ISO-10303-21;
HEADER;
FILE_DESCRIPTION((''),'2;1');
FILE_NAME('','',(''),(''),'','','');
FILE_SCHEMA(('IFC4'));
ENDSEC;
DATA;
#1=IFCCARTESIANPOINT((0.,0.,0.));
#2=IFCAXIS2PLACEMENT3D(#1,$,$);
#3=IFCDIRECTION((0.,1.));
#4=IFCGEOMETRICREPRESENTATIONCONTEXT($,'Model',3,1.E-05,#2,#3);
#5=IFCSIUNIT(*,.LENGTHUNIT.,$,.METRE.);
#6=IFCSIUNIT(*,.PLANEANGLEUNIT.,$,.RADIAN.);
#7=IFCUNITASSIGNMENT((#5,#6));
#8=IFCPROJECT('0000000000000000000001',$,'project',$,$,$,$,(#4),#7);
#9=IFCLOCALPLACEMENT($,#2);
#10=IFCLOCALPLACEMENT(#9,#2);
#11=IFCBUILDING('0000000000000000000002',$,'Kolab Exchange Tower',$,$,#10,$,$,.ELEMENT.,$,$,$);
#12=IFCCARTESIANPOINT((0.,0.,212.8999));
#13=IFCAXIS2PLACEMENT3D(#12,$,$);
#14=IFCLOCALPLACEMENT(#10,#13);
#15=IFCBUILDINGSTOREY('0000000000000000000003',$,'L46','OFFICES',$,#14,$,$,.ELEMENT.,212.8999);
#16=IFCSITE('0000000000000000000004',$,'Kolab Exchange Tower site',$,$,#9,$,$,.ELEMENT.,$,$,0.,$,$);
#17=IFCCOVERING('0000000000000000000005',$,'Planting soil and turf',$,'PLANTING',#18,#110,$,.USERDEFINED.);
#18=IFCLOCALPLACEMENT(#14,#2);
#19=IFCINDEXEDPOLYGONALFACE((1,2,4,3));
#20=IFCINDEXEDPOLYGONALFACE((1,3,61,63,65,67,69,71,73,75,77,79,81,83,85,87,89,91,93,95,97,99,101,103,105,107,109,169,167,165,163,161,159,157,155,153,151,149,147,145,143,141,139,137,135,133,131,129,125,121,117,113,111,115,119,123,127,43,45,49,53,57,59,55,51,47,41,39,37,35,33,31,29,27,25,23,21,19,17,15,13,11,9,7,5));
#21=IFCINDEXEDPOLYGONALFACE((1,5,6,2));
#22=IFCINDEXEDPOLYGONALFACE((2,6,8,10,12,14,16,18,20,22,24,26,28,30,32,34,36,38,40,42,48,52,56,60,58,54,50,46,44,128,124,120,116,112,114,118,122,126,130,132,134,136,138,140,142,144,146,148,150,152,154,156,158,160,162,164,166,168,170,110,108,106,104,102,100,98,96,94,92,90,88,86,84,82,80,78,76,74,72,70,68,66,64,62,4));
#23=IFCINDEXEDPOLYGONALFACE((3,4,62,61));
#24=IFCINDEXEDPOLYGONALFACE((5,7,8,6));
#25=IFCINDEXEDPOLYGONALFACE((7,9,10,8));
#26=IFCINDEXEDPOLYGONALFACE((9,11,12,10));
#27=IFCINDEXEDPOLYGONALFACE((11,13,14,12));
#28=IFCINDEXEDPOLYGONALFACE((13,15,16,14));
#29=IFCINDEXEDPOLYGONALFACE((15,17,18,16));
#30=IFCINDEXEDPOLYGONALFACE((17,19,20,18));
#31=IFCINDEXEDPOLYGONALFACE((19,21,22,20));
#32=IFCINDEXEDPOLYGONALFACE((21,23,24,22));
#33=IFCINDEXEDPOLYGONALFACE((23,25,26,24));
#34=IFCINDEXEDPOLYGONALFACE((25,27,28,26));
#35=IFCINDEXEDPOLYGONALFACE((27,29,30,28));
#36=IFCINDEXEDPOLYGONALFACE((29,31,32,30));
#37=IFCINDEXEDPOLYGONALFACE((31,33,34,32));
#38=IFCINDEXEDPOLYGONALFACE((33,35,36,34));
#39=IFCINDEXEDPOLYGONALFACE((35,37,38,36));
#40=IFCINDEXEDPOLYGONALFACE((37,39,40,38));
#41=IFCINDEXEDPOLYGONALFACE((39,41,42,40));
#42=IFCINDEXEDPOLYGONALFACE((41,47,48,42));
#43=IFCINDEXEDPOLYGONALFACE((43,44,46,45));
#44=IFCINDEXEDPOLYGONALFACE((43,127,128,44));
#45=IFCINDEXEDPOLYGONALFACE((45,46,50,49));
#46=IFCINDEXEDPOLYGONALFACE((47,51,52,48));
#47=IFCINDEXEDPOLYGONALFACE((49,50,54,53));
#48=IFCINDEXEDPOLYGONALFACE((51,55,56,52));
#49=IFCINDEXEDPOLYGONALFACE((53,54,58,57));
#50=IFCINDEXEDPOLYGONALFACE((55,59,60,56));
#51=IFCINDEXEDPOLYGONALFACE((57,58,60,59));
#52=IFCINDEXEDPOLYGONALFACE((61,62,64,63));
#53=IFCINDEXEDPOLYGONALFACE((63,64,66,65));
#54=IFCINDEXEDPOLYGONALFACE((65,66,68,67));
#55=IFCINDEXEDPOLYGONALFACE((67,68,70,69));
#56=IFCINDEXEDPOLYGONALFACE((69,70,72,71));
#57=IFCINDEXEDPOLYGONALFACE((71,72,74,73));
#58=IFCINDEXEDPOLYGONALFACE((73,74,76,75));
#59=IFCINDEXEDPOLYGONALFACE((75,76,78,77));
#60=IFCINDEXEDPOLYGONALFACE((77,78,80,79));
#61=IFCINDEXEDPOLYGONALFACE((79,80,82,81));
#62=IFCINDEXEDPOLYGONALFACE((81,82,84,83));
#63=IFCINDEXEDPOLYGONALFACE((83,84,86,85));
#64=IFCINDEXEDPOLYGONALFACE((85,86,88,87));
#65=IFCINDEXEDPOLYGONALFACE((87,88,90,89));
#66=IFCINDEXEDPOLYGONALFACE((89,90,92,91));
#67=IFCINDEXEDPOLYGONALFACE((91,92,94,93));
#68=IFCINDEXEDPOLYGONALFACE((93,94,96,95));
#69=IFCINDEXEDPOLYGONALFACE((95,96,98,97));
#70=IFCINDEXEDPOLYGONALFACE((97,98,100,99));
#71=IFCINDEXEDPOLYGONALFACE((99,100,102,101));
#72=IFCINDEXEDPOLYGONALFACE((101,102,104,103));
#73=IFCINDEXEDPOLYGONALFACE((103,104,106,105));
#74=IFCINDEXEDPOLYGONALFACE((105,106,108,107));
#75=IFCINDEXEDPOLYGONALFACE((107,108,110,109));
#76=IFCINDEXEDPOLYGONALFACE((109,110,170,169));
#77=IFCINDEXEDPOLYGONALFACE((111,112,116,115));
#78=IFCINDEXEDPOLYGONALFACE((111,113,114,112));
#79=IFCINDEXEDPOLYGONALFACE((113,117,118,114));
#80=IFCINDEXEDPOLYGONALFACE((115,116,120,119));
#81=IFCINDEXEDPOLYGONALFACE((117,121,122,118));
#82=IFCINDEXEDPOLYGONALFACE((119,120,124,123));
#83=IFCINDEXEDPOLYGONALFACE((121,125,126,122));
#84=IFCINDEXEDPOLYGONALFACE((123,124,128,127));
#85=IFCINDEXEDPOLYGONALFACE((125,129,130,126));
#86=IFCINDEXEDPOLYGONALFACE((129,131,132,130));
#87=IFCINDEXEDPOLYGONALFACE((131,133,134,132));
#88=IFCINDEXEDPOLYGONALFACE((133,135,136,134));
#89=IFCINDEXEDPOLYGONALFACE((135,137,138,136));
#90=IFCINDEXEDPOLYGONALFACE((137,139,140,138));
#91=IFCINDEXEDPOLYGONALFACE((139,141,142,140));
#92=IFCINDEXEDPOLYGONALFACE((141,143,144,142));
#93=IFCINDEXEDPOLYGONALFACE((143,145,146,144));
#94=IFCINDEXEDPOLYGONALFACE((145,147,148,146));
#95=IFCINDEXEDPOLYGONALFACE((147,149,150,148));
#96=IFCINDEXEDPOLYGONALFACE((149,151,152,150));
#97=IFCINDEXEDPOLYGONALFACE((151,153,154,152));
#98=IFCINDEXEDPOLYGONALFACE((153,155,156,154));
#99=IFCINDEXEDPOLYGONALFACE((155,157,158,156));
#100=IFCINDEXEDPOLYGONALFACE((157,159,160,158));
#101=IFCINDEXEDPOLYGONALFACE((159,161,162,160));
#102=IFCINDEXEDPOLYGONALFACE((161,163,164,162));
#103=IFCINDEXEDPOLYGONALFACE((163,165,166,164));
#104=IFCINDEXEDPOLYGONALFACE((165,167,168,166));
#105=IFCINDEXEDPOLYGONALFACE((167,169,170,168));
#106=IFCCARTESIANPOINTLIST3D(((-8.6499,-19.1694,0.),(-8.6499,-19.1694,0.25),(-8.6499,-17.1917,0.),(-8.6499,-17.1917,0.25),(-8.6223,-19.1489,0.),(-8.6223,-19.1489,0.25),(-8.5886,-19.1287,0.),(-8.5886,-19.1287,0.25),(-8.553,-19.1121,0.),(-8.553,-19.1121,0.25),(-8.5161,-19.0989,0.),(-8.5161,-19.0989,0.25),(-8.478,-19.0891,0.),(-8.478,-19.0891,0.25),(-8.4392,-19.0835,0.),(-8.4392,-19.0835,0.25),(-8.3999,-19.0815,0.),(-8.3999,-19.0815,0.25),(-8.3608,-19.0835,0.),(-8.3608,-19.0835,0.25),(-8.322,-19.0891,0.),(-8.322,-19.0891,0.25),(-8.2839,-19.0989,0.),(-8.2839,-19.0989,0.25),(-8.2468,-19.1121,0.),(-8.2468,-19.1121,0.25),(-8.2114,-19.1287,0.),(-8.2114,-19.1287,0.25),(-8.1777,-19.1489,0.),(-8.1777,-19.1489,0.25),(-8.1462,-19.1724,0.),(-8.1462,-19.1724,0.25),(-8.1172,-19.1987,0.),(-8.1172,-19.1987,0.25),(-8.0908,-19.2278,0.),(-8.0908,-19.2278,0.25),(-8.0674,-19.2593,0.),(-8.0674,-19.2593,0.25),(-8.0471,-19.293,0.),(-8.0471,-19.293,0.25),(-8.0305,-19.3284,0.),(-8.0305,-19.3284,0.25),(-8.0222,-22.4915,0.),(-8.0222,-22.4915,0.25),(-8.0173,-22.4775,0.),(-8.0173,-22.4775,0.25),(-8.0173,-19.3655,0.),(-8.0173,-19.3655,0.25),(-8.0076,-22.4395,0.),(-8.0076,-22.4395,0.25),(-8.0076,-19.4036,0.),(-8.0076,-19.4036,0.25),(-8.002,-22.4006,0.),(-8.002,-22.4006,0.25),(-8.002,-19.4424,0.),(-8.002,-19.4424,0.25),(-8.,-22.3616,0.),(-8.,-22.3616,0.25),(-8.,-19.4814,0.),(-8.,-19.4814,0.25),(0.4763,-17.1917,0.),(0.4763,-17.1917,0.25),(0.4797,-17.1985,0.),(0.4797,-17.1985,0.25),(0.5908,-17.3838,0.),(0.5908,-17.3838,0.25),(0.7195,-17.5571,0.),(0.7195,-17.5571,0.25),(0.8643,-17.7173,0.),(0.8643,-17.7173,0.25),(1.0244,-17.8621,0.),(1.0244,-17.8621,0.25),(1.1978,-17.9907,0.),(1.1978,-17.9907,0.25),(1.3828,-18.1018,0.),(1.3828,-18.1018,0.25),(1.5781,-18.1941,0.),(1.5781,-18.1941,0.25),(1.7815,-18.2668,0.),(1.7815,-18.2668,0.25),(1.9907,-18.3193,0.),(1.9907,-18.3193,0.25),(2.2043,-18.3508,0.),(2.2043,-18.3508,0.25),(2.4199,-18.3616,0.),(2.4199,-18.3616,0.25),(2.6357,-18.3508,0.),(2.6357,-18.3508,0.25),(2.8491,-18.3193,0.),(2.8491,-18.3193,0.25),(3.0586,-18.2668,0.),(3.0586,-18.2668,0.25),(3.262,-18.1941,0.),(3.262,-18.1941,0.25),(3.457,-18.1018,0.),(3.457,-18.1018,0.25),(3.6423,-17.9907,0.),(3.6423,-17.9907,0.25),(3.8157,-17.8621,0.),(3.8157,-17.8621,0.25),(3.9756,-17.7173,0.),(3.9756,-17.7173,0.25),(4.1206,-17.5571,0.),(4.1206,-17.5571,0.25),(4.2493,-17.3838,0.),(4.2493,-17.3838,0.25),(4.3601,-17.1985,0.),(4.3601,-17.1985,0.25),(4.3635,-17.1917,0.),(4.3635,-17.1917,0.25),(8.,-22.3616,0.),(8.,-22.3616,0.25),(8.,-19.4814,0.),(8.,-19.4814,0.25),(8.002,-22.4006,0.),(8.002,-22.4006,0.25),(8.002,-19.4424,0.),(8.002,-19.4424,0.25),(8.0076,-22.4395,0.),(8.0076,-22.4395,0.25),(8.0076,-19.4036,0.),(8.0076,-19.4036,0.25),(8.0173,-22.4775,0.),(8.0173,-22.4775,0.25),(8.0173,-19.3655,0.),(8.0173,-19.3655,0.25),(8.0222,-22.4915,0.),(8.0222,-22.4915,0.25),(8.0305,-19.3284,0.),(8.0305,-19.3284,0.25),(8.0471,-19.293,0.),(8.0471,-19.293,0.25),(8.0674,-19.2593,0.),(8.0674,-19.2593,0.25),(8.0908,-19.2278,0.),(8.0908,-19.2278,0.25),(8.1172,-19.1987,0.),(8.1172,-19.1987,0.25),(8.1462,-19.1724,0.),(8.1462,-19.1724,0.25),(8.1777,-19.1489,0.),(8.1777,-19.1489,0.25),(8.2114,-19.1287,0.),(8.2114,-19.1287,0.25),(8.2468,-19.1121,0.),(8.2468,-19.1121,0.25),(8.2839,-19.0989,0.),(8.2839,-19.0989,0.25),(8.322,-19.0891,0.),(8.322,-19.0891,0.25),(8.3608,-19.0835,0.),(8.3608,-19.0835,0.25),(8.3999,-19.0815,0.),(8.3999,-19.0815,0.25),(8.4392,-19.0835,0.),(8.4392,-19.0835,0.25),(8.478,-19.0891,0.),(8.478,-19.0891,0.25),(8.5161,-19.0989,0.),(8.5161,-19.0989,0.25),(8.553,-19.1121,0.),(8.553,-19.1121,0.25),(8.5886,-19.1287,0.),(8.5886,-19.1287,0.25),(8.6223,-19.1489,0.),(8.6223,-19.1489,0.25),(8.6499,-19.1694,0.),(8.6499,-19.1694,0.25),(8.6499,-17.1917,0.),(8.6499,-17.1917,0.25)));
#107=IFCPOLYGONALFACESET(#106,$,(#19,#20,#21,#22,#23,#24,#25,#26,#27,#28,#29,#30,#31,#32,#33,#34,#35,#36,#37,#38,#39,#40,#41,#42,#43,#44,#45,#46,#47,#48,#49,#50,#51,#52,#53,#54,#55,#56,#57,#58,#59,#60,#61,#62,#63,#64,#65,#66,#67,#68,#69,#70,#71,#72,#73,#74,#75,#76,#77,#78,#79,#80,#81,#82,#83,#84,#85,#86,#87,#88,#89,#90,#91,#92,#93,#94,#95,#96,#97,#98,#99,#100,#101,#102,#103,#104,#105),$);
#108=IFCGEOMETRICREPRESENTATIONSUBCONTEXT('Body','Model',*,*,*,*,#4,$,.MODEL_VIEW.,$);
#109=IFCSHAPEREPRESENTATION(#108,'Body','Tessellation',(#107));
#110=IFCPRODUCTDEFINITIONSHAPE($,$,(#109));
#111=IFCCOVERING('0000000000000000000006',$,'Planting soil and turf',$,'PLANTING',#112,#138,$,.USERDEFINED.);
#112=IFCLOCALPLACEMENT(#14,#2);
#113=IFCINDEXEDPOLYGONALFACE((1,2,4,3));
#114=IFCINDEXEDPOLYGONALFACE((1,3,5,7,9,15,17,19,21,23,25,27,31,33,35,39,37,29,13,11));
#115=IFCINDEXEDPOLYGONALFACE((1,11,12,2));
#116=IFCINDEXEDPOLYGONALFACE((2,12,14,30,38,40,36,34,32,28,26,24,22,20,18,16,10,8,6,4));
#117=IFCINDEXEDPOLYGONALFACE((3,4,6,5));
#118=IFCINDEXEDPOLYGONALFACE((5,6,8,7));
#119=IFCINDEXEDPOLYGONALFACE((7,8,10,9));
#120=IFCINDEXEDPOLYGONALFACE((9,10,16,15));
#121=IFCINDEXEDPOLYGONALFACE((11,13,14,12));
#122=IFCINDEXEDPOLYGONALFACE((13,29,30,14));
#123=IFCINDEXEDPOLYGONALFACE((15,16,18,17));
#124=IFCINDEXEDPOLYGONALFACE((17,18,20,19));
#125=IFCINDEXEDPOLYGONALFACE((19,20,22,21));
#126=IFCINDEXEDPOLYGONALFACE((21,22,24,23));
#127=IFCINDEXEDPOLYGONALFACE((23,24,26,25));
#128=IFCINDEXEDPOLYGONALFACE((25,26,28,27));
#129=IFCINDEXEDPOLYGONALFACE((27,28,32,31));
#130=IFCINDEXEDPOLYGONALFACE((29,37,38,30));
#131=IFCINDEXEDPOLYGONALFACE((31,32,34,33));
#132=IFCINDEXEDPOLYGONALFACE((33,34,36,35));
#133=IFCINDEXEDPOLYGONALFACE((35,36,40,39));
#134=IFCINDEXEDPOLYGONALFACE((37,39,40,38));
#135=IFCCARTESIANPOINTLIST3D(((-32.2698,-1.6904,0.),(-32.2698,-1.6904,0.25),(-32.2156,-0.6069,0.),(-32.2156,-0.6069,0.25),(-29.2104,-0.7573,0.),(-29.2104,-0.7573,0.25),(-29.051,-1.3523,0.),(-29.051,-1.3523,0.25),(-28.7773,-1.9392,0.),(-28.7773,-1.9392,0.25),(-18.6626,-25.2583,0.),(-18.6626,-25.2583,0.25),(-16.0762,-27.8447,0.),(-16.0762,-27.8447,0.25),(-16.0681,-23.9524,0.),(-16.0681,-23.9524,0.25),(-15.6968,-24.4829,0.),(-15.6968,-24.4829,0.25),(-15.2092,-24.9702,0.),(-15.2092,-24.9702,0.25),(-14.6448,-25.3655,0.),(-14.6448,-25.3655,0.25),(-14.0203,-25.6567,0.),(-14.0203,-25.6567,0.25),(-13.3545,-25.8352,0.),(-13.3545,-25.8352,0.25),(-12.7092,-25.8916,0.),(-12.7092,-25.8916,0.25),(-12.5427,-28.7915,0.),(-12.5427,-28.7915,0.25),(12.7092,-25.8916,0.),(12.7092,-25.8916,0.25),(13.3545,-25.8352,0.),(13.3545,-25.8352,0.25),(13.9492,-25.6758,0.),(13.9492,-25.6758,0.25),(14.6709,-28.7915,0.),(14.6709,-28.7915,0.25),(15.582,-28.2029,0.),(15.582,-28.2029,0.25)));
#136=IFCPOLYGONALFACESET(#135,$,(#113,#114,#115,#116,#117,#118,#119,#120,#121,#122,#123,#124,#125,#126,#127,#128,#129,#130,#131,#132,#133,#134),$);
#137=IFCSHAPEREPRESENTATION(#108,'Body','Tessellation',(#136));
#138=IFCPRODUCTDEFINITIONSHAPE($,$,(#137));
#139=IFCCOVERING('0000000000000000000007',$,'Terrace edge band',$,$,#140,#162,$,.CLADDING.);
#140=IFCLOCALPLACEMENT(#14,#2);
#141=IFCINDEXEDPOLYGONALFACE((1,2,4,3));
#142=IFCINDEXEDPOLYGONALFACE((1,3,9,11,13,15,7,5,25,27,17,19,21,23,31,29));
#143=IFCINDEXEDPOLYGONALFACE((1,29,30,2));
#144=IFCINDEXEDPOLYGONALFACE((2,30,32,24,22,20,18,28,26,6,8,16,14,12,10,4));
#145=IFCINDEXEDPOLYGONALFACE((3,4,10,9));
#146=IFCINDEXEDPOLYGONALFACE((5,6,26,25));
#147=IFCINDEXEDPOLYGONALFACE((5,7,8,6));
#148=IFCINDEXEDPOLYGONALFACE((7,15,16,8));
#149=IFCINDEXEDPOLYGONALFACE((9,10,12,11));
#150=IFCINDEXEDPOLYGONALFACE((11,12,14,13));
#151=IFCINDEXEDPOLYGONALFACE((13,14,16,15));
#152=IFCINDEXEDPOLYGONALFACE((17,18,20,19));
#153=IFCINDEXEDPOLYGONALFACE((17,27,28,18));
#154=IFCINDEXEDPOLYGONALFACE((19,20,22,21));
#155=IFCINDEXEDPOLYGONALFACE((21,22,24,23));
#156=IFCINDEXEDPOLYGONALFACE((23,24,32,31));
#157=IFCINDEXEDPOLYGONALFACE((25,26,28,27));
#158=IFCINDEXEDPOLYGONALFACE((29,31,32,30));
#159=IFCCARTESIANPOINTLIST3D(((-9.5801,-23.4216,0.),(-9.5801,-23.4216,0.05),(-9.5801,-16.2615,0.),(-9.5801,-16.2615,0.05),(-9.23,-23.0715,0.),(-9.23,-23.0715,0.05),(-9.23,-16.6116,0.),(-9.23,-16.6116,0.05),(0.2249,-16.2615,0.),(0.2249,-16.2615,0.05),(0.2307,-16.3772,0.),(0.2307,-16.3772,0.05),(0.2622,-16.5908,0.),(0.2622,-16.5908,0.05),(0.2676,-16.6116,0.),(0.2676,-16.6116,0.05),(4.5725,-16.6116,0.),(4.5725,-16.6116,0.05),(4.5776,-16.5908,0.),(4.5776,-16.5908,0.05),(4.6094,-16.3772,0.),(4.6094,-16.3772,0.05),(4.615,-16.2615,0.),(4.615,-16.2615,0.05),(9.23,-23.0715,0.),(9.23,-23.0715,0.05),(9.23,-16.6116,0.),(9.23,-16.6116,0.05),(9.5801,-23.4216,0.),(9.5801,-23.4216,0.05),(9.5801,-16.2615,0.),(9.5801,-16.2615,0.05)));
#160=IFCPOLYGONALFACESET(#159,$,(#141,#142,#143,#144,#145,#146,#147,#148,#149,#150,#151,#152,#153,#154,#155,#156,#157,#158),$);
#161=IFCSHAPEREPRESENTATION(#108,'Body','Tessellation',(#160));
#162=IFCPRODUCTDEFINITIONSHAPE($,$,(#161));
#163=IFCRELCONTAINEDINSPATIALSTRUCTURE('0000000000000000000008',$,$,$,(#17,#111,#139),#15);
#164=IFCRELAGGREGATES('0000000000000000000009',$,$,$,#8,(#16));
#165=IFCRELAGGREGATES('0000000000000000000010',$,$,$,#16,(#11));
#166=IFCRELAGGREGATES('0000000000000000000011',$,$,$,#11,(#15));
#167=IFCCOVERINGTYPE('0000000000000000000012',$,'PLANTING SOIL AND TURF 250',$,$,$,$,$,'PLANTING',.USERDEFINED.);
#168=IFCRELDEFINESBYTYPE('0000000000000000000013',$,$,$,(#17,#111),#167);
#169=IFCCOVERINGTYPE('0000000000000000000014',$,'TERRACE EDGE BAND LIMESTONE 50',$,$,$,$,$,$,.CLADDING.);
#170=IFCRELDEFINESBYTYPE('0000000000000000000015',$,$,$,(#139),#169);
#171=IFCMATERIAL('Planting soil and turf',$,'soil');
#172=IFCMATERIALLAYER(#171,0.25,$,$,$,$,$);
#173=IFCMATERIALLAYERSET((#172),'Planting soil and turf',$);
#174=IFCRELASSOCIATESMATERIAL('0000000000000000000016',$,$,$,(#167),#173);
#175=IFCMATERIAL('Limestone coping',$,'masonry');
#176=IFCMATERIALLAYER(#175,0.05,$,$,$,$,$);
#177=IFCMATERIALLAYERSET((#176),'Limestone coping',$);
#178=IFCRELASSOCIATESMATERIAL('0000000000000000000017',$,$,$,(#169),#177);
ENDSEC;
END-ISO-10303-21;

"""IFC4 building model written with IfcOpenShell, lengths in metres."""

from ifc_helpers import new_model, si_unit, direction, frame, origin, place, context, subcontext, project, spatial, polyline, outline, extrude, material, layer, layer_set, type_object, element, save


model = new_model("IFC4")

# Units and contexts
model_context = context("Model", 3, precision=1e-05, world=origin(), true_north=direction((0.0, 1.0)))
body_context = subcontext(model_context, "Body", "Model", "MODEL_VIEW")
ifc_project = project(units=[si_unit("LENGTHUNIT", "METRE"), si_unit("PLANEANGLEUNIT", "RADIAN")], contexts=[model_context])

# Site, building, storey
site_placement = place(None, origin())
site = spatial("IfcSite", under=ifc_project, at=site_placement, Name="Kolab Exchange Tower site", CompositionType="ELEMENT", RefElevation=0.0)
building_placement = place(site_placement, origin())
building = spatial("IfcBuilding", under=site, at=building_placement, Name="Kolab Exchange Tower", CompositionType="ELEMENT")
storey_placement = place(building_placement, frame((0.0, 0.0, 212.8999)))
storey = spatial("IfcBuildingStorey", under=building, at=storey_placement, Name="L46", Description="OFFICES", CompositionType="ELEMENT", Elevation=212.8999)

# Coverings
ifc_material_1 = material(Name="Planting soil and turf", Category="soil")
ifc_layer_1 = layer(ifc_material_1, 0.25)
ifc_layer_set_1 = layer_set([ifc_layer_1], Name="Planting soil and turf")
covering_type_1 = type_object("IfcCoveringType", Name="PLANTING SOIL AND TURF 250", ElementType="PLANTING", PredefinedType="USERDEFINED", material=ifc_layer_set_1)
covering_1_placement = place(storey_placement, origin())
element("IfcCovering", 1, at=covering_1_placement, inside=storey, type_object=covering_type_1, Name="Planting soil and turf", ObjectType="PLANTING", PredefinedType="USERDEFINED", context=body_context, shape_type="SweptSolid", body=[
    extrude(outline(polyline([(8.6499, -19.1694), (8.6223, -19.1489), (8.5886, -19.1287), (8.553, -19.1121), (8.5161, -19.0989), (8.478, -19.0891), (8.4392, -19.0835), (8.3999, -19.0815), (8.3608, -19.0835), (8.322, -19.0891), (8.2839, -19.0989), (8.2468, -19.1121), (8.2114, -19.1287), (8.1777, -19.1489), (8.1462, -19.1724), (8.1172, -19.1987), (8.0908, -19.2278), (8.0674, -19.2593), (8.0471, -19.293), (8.0305, -19.3284), (8.0173, -19.3655), (8.0076, -19.4036), (8.002, -19.4424), (8.0, -19.4814), (8.0, -22.3616), (8.002, -22.4006), (8.0076, -22.4395), (8.0173, -22.4775), (8.0222, -22.4915), (-8.0222, -22.4915), (-8.0173, -22.4775), (-8.0076, -22.4395), (-8.002, -22.4006), (-8.0, -22.3616), (-8.0, -19.4814), (-8.002, -19.4424), (-8.0076, -19.4036), (-8.0173, -19.3655), (-8.0305, -19.3284), (-8.0471, -19.293), (-8.0674, -19.2593), (-8.0908, -19.2278), (-8.1172, -19.1987), (-8.1462, -19.1724), (-8.1777, -19.1489), (-8.2114, -19.1287), (-8.2468, -19.1121), (-8.2839, -19.0989), (-8.322, -19.0891), (-8.3608, -19.0835), (-8.3999, -19.0815), (-8.4392, -19.0835), (-8.478, -19.0891), (-8.5161, -19.0989), (-8.553, -19.1121), (-8.5886, -19.1287), (-8.6223, -19.1489), (-8.6499, -19.1694), (-8.6499, -17.1917), (0.4763, -17.1917), (0.4797, -17.1985), (0.5908, -17.3838), (0.7195, -17.5571), (0.8643, -17.7173), (1.0244, -17.8621), (1.1978, -17.9907), (1.3828, -18.1018), (1.5781, -18.1941), (1.7815, -18.2668), (1.9907, -18.3193), (2.2043, -18.3508), (2.4199, -18.3616), (2.6357, -18.3508), (2.8491, -18.3193), (3.0586, -18.2668), (3.262, -18.1941), (3.457, -18.1018), (3.6423, -17.9907), (3.8157, -17.8621), (3.9756, -17.7173), (4.1206, -17.5571), (4.2493, -17.3838), (4.3601, -17.1985), (4.3635, -17.1917), (8.6499, -17.1917), (8.6499, -19.1694)])), origin(), (0.0, 0.0, 1.0), 0.25),
])
covering_2_placement = place(storey_placement, origin())
element("IfcCovering", 2, at=covering_2_placement, inside=storey, type_object=covering_type_1, Name="Planting soil and turf", ObjectType="PLANTING", PredefinedType="USERDEFINED", context=body_context, shape_type="SweptSolid", body=[
    extrude(outline(polyline([(-29.051, -1.3523), (-28.7773, -1.9392), (-16.0681, -23.9524), (-15.6968, -24.4829), (-15.2092, -24.9702), (-14.6448, -25.3655), (-14.0203, -25.6567), (-13.3545, -25.8352), (-12.7092, -25.8916), (12.7092, -25.8916), (13.3545, -25.8352), (13.9492, -25.6758), (15.582, -28.2029), (14.6709, -28.7915), (-12.5427, -28.7915), (-16.0762, -27.8447), (-18.6626, -25.2583), (-32.2698, -1.6904), (-32.2156, -0.6069), (-29.2104, -0.7573), (-29.051, -1.3523)])), origin(), (0.0, 0.0, 1.0), 0.25),
])
ifc_material_2 = material(Name="Limestone coping", Category="masonry")
ifc_layer_2 = layer(ifc_material_2, 0.05)
ifc_layer_set_2 = layer_set([ifc_layer_2], Name="Limestone coping")
covering_type_2 = type_object("IfcCoveringType", Name="TERRACE EDGE BAND LIMESTONE 50", PredefinedType="CLADDING", material=ifc_layer_set_2)
covering_3_placement = place(storey_placement, origin())
element("IfcCovering", 3, at=covering_3_placement, inside=storey, type_object=covering_type_2, Name="Terrace edge band", PredefinedType="CLADDING", context=body_context, shape_type="SweptSolid", body=[
    extrude(outline(polyline([(-9.5801, -23.4216), (-9.5801, -16.2615), (0.2249, -16.2615), (0.2307, -16.3772), (0.2622, -16.5908), (0.2676, -16.6116), (-9.23, -16.6116), (-9.23, -23.0715), (9.23, -23.0715), (9.23, -16.6116), (4.5725, -16.6116), (4.5776, -16.5908), (4.6094, -16.3772), (4.615, -16.2615), (9.5801, -16.2615), (9.5801, -23.4216), (-9.5801, -23.4216)])), origin(), (0.0, 0.0, 1.0), 0.05),
])

save(model, "model.ifc")
